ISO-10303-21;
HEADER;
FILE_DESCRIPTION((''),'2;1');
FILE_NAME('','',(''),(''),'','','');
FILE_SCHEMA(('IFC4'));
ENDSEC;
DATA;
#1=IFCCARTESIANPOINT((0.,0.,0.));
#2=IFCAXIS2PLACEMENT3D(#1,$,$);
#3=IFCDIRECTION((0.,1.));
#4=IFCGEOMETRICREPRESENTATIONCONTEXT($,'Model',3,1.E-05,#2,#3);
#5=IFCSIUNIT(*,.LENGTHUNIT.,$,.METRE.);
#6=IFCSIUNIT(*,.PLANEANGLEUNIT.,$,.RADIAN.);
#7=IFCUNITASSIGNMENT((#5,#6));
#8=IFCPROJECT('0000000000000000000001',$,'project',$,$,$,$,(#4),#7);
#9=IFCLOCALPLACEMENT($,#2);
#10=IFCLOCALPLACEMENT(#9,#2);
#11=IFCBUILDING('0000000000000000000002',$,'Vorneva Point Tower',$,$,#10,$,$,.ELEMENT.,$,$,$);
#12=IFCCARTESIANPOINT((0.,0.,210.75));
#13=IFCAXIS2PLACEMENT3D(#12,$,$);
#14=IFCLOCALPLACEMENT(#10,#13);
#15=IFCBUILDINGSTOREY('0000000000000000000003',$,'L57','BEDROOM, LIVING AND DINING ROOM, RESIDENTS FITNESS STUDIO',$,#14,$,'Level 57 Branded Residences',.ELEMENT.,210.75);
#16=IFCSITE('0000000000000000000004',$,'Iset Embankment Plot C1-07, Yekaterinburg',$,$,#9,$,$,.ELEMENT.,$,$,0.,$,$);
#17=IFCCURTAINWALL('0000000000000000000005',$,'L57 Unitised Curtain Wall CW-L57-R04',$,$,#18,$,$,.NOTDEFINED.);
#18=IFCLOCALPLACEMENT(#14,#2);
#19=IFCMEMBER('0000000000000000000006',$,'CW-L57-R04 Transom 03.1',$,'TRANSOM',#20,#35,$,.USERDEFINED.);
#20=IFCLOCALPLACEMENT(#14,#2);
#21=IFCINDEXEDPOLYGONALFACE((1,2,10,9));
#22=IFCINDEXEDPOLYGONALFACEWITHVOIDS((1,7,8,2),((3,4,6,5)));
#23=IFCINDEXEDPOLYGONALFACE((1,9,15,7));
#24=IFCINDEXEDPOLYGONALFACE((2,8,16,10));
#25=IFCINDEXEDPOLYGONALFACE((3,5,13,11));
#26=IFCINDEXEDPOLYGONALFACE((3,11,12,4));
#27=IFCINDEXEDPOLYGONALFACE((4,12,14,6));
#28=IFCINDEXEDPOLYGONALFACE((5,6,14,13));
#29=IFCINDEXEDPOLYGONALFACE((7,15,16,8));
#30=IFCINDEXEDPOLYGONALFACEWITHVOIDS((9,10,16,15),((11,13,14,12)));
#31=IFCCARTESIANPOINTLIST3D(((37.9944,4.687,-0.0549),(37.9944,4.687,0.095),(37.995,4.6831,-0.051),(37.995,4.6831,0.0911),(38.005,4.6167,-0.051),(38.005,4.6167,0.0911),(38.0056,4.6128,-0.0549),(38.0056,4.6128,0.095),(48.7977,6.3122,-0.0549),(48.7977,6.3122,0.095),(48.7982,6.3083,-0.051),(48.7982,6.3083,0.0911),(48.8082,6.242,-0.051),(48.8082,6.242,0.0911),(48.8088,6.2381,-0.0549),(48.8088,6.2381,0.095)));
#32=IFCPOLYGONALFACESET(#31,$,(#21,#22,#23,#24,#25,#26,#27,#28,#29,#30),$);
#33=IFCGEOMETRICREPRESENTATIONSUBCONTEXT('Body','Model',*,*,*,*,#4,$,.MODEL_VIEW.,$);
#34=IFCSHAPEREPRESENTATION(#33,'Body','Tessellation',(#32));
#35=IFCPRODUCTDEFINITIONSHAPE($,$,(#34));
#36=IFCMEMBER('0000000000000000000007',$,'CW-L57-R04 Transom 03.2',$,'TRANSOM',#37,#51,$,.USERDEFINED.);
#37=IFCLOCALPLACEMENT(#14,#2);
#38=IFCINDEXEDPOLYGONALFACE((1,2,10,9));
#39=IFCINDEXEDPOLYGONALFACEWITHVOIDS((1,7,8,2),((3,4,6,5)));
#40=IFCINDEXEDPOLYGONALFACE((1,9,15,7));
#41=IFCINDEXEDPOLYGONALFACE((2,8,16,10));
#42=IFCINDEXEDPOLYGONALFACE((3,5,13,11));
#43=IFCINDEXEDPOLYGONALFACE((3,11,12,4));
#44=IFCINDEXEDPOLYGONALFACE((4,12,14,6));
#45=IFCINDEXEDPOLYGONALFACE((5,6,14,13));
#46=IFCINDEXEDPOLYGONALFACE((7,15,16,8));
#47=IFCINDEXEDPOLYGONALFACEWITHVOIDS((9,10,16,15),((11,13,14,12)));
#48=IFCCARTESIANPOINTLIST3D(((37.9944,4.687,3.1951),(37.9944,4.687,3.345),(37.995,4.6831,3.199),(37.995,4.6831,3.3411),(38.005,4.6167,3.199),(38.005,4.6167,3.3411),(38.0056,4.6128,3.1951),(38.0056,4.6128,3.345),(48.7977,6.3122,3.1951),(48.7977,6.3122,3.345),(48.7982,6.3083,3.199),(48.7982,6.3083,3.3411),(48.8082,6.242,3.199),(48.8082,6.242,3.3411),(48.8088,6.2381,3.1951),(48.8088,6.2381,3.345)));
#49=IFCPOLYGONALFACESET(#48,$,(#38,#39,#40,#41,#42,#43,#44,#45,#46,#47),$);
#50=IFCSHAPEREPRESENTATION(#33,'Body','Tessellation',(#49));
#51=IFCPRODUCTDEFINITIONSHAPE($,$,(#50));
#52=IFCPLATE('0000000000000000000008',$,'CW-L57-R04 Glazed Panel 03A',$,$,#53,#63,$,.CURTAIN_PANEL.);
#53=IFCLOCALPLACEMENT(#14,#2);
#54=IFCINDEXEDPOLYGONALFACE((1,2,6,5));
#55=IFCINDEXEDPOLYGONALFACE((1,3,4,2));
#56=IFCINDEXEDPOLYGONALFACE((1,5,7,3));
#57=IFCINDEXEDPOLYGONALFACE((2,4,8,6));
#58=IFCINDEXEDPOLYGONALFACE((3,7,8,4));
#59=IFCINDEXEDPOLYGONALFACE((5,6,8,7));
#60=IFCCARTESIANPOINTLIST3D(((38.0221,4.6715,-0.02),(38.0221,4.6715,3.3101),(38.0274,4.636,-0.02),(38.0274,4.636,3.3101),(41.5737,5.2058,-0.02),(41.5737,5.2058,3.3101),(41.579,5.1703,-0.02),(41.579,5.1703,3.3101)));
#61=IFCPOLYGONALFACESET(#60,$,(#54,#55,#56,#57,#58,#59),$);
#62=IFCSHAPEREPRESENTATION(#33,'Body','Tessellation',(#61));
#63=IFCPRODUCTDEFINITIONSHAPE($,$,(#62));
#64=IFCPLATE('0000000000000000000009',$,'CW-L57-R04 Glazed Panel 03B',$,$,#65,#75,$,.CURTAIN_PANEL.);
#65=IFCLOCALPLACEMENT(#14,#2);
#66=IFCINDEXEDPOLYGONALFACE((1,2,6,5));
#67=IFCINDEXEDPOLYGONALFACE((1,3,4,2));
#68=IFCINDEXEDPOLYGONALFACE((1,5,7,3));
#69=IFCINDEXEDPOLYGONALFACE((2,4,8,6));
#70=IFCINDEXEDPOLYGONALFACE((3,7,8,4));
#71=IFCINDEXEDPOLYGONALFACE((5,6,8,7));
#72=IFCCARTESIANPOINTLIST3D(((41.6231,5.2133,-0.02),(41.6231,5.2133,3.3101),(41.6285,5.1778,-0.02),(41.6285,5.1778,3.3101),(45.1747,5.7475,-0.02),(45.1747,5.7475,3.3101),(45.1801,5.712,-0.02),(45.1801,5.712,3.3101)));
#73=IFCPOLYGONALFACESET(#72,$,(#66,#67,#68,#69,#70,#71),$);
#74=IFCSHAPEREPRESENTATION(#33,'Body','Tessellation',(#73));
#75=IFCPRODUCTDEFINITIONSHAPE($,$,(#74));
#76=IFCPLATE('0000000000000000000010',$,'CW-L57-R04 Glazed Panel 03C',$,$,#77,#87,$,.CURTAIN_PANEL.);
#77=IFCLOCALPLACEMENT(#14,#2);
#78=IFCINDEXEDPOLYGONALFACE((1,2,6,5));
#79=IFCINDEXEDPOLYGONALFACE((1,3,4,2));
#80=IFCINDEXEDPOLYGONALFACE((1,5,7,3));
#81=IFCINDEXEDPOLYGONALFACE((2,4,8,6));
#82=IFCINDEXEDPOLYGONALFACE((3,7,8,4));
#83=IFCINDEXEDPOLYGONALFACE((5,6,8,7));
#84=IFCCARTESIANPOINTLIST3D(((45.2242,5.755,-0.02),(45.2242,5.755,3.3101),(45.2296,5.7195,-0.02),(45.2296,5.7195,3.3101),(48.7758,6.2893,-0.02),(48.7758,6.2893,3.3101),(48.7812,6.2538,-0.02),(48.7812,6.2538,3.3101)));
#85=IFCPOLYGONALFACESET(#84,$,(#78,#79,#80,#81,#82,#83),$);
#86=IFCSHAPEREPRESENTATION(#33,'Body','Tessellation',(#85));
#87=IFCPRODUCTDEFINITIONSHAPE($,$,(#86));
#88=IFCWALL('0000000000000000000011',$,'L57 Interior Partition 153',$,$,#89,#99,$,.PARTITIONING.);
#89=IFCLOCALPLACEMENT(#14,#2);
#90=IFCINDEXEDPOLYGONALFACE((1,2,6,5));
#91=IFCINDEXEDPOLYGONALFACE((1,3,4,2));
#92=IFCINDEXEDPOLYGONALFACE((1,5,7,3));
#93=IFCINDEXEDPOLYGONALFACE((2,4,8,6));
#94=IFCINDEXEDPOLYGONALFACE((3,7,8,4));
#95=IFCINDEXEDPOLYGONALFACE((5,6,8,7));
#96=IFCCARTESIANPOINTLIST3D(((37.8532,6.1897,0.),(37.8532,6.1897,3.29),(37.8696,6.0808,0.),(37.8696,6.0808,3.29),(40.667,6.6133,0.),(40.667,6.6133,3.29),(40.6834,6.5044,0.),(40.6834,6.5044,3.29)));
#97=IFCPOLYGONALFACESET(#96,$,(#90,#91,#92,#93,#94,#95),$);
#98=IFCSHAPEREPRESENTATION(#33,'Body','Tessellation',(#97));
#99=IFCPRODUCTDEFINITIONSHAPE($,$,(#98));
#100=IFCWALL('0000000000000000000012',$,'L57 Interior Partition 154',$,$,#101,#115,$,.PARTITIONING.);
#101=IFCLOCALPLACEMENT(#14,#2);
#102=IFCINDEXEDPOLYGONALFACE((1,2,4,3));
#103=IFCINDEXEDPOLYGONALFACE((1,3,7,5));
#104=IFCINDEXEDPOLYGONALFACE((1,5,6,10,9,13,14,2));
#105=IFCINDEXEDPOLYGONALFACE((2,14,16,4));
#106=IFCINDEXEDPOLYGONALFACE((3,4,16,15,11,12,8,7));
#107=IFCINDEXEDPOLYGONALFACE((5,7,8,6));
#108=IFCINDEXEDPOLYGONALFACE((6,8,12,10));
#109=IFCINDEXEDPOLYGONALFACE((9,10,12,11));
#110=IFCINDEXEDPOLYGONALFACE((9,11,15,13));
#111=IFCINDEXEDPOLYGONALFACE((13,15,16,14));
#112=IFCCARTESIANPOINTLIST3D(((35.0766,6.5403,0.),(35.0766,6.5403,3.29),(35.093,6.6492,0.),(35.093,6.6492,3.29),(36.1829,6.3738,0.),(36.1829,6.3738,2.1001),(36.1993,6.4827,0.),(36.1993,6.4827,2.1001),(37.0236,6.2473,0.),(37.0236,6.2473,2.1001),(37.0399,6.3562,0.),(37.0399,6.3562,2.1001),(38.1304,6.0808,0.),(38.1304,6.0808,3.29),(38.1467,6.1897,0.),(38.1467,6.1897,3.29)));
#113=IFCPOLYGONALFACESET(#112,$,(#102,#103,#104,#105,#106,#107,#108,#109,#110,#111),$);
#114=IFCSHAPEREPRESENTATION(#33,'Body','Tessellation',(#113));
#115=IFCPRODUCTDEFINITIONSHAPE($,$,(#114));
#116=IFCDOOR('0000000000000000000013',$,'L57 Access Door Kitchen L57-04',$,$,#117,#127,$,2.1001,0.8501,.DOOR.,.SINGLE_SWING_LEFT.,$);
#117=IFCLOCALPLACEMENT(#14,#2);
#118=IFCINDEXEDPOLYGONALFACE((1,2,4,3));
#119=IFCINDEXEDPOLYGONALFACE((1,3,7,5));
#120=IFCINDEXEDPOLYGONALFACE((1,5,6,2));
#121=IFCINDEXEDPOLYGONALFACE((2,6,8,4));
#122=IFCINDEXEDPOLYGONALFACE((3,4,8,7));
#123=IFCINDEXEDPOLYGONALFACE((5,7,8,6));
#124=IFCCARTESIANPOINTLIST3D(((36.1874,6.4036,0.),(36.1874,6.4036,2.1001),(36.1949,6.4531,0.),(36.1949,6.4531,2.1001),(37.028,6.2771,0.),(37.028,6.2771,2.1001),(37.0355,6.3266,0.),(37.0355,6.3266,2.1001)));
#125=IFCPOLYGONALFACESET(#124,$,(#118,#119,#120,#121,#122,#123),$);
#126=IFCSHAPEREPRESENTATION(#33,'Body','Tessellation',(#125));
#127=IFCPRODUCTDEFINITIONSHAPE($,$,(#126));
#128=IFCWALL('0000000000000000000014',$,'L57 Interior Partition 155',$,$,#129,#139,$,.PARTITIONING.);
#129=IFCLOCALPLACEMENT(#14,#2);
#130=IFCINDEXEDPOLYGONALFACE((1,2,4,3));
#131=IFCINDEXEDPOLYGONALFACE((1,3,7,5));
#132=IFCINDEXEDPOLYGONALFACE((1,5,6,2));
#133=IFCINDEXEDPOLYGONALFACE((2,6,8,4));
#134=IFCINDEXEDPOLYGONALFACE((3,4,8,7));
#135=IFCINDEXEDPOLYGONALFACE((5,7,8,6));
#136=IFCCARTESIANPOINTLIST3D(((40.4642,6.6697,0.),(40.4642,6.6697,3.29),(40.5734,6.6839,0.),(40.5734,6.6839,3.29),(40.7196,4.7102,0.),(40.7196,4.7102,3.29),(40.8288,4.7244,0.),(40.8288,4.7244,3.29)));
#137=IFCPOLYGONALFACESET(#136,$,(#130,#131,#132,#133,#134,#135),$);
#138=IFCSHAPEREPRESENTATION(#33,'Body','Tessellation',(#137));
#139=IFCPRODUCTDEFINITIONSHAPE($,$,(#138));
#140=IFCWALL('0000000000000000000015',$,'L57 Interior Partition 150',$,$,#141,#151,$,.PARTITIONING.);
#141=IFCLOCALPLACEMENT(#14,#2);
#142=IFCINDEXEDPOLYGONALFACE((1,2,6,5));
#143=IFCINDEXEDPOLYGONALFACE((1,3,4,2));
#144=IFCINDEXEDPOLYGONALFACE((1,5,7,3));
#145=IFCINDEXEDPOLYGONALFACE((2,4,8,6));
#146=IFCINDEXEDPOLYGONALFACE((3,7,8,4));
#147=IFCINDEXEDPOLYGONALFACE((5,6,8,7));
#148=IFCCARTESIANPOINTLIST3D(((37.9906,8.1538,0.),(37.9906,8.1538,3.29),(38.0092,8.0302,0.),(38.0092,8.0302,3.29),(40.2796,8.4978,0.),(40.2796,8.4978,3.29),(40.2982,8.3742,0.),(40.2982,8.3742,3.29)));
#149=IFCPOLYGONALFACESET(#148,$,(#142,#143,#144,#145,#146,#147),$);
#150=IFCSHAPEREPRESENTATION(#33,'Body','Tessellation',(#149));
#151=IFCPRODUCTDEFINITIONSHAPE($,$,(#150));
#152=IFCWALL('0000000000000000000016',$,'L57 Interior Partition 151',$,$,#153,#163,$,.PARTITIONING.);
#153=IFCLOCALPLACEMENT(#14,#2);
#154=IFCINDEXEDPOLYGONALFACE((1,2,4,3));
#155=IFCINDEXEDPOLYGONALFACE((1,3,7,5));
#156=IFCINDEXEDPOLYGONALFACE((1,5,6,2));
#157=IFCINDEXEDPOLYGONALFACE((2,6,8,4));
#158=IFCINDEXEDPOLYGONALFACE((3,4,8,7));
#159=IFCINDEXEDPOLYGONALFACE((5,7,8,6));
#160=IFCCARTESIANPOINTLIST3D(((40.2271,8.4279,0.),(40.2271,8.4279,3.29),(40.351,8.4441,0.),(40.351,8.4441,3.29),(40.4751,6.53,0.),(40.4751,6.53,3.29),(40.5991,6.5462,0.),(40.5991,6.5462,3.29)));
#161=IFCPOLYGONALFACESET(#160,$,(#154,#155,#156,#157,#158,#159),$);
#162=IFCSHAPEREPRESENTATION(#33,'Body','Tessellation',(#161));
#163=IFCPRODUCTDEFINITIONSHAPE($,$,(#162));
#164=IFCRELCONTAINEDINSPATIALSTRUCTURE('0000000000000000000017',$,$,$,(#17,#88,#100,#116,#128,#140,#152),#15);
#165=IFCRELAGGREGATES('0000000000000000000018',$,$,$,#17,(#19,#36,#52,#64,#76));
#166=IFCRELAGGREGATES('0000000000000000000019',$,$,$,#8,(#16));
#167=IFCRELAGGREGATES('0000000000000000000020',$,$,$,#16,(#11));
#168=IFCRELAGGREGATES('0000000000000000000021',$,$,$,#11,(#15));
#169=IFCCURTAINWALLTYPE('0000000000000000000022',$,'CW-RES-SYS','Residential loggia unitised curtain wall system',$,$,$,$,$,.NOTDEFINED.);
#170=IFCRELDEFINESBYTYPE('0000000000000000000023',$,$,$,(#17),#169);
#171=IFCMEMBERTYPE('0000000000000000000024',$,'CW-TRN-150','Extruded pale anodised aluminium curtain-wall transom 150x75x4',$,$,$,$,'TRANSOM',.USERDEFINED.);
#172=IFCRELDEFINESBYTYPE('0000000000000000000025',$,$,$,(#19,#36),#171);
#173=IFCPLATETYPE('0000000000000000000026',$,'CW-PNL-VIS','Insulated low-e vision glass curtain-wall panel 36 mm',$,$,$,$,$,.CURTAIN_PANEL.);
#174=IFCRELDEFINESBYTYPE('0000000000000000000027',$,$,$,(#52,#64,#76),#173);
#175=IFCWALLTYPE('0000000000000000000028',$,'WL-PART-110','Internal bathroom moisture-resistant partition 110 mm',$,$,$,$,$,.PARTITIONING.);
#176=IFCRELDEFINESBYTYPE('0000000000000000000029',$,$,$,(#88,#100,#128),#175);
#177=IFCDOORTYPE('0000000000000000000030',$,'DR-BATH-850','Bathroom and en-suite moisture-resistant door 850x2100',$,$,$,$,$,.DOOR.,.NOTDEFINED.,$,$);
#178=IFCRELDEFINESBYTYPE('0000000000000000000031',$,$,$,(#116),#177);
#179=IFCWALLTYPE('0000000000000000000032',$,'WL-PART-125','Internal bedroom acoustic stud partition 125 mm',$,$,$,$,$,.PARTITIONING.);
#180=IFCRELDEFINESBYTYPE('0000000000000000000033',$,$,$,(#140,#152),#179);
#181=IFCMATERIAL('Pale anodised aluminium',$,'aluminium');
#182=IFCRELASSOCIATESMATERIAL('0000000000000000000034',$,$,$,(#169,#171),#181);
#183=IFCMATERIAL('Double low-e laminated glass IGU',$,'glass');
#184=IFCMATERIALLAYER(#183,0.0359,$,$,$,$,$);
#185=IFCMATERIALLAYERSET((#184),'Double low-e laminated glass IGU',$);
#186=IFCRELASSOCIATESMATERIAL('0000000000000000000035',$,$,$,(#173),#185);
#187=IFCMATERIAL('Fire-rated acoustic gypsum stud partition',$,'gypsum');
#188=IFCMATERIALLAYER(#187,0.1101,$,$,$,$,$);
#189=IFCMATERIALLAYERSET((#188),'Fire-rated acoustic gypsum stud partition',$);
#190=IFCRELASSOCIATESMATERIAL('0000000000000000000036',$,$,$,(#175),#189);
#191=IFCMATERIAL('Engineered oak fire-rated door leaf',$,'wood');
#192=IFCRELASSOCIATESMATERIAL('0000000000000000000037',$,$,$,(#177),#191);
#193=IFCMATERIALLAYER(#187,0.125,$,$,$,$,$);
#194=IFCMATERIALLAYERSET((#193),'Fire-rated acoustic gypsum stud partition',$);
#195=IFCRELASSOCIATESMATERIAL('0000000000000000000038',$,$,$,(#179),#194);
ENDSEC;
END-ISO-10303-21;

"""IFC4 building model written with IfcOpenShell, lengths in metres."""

from ifc_helpers import new_model, si_unit, direction, frame, frame_2d, origin, origin_2d, place, context, subcontext, project, spatial, rectangle, hollow_rectangle, extrude, material, layer, layer_set, material_profile, profile_set, type_object, element, fill, aggregate, save


model = new_model("IFC4")

# Units and contexts
model_context = context("Model", 3, precision=1e-05, world=origin(), true_north=direction((0.0, 1.0)))
body_context = subcontext(model_context, "Body", "Model", "MODEL_VIEW")
ifc_project = project(units=[si_unit("LENGTHUNIT", "METRE"), si_unit("PLANEANGLEUNIT", "RADIAN")], contexts=[model_context])

# Site, building, storey
site_placement = place(None, origin())
site = spatial("IfcSite", under=ifc_project, at=site_placement, Name="Iset Embankment Plot C1-07, Yekaterinburg", CompositionType="ELEMENT", RefElevation=0.0)
building_placement = place(site_placement, origin())
building = spatial("IfcBuilding", under=site, at=building_placement, Name="Vorneva Point Tower", CompositionType="ELEMENT")
storey_placement = place(building_placement, frame((0.0, 0.0, 210.75)))
storey = spatial("IfcBuildingStorey", under=building, at=storey_placement, Name="L57", Description="BEDROOM, LIVING AND DINING ROOM, RESIDENTS FITNESS STUDIO", LongName="Level 57 Branded Residences", CompositionType="ELEMENT", Elevation=210.75)

# Curtain wall, members, plates
ifc_material_1 = material(Name="Pale anodised aluminium", Category="aluminium")
curtain_wall_type = type_object("IfcCurtainWallType", Name="CW-RES-SYS", Description="Residential loggia unitised curtain wall system", PredefinedType="NOTDEFINED", material=ifc_material_1)
curtain_wall_placement = place(storey_placement, origin())
curtain_wall = element("IfcCurtainWall", 1, at=curtain_wall_placement, inside=storey, type_object=curtain_wall_type, Name="L57 Unitised Curtain Wall CW-L57-R04", PredefinedType="NOTDEFINED")
ifc_material_profile_1 = material_profile(ifc_material_1, hollow_rectangle(XDim=0.075, YDim=0.1499, WallThickness=0.0039, at=origin_2d()), Name="AL-TRN 150x75x4")
ifc_profile_set_1 = profile_set([ifc_material_profile_1], Name="Pale anodised aluminium")
member_type_1 = type_object("IfcMemberType", Name="CW-TRN-150", Description="Extruded pale anodised aluminium curtain-wall transom 150x75x4", ElementType="TRANSOM", PredefinedType="USERDEFINED", material=ifc_profile_set_1)
member_1_placement = place(storey_placement, frame((38.0, 4.6499, 0.02), z_axis=(0.988872, 0.148767, 0.0), x_axis=(-0.148767, 0.988872, 0.0)))
member_1 = element("IfcMember", 2, at=member_1_placement, type_object=member_type_1, Name="CW-L57-R04 Transom 03.1", ObjectType="TRANSOM", PredefinedType="USERDEFINED", context=body_context, shape_type="SweptSolid", body=[
    extrude(hollow_rectangle(XDim=0.075, YDim=0.1499, WallThickness=0.0039, at=origin_2d()), origin(), (0.0, 0.0, 1.0), 10.9248),
])
member_2_placement = place(storey_placement, frame((38.0, 4.6499, 3.27), z_axis=(0.988872, 0.148767, 0.0), x_axis=(-0.148767, 0.988872, 0.0)))
member_2 = element("IfcMember", 3, at=member_2_placement, type_object=member_type_1, Name="CW-L57-R04 Transom 03.2", ObjectType="TRANSOM", PredefinedType="USERDEFINED", context=body_context, shape_type="SweptSolid", body=[
    extrude(hollow_rectangle(XDim=0.075, YDim=0.1499, WallThickness=0.0039, at=origin_2d()), origin(), (0.0, 0.0, 1.0), 10.9248),
])
ifc_material_2 = material(Name="Double low-e laminated glass IGU", Category="glass")
ifc_layer_1 = layer(ifc_material_2, 0.0359)
ifc_layer_set_1 = layer_set([ifc_layer_1], Name="Double low-e laminated glass IGU")
plate_type = type_object("IfcPlateType", Name="CW-PNL-VIS", Description="Insulated low-e vision glass curtain-wall panel 36 mm", PredefinedType="CURTAIN_PANEL", material=ifc_layer_set_1)
plate_1_placement = place(storey_placement, frame((39.8005, 4.9209, -0.02), z_axis=(0.0, 0.0, 1.0), x_axis=(0.988874, 0.148759, 0.0)))
plate_1 = element("IfcPlate", 4, at=plate_1_placement, type_object=plate_type, Name="CW-L57-R04 Glazed Panel 03A", PredefinedType="CURTAIN_PANEL", context=body_context, shape_type="SweptSolid", body=[
    extrude(rectangle(XDim=3.5916, YDim=0.0359, at=origin_2d()), origin(), (0.0, 0.0, 1.0), 3.3301),
])
plate_2_placement = place(storey_placement, frame((43.4016, 5.4626, -0.02), z_axis=(0.0, 0.0, 1.0), x_axis=(0.988874, 0.148759, 0.0)))
plate_2 = element("IfcPlate", 5, at=plate_2_placement, type_object=plate_type, Name="CW-L57-R04 Glazed Panel 03B", PredefinedType="CURTAIN_PANEL", context=body_context, shape_type="SweptSolid", body=[
    extrude(rectangle(XDim=3.5916, YDim=0.0359, at=origin_2d()), origin(), (0.0, 0.0, 1.0), 3.3301),
])
plate_3_placement = place(storey_placement, frame((47.0027, 6.0044, -0.02), z_axis=(0.0, 0.0, 1.0), x_axis=(0.988874, 0.148759, 0.0)))
plate_3 = element("IfcPlate", 6, at=plate_3_placement, type_object=plate_type, Name="CW-L57-R04 Glazed Panel 03C", PredefinedType="CURTAIN_PANEL", context=body_context, shape_type="SweptSolid", body=[
    extrude(rectangle(XDim=3.5916, YDim=0.0359, at=origin_2d()), origin(), (0.0, 0.0, 1.0), 3.3301),
])
aggregate(curtain_wall, [member_1, member_2, plate_1, plate_2, plate_3])

# Wall
ifc_material_3 = material(Name="Fire-rated acoustic gypsum stud partition", Category="gypsum")
ifc_layer_2 = layer(ifc_material_3, 0.1101)
ifc_layer_set_2 = layer_set([ifc_layer_2], Name="Fire-rated acoustic gypsum stud partition")
wall_type_1 = type_object("IfcWallType", Name="WL-PART-110", Description="Internal bathroom moisture-resistant partition 110 mm", PredefinedType="PARTITIONING", material=ifc_layer_set_2)
wall_1_placement = place(storey_placement, frame((40.6753, 6.5588, 0.0), z_axis=(0.0, 0.0, 1.0), x_axis=(-0.988858, -0.148865, 0.0)))
element("IfcWall", 7, at=wall_1_placement, inside=storey, type_object=wall_type_1, Name="L57 Interior Partition 153", PredefinedType="PARTITIONING", context=body_context, shape_type="SweptSolid", body=[
    extrude(rectangle(XDim=2.8455, YDim=0.1101, at=frame_2d((1.4229, 0.0))), origin(), (0.0, 0.0, 1.0), 3.29),
])

# Wall, opening, door
wall_2_placement = place(storey_placement, frame((38.1384, 6.1353, 0.0), z_axis=(0.0, 0.0, 1.0), x_axis=(-0.988869, 0.148789, 0.0)))
wall_2 = element("IfcWall", 8, at=wall_2_placement, inside=storey, type_object=wall_type_1, Name="L57 Interior Partition 154", PredefinedType="PARTITIONING", context=body_context, shape_type="SweptSolid", body=[
    extrude(rectangle(XDim=3.0881, YDim=0.1101, at=frame_2d((1.5439, 0.0))), origin(), (0.0, 0.0, 1.0), 3.29),
])
opening_1_placement = place(wall_2_placement, frame((1.1191, 0.0, 0.0)))
opening_1 = element("IfcOpeningElement", 9, at=opening_1_placement, cuts=wall_2, PredefinedType="OPENING", context=body_context, shape_type="SweptSolid", body=[
    extrude(rectangle(XDim=0.8501, YDim=2.1001, at=frame_2d((0.425, 1.05))), frame((0.0, 0.0698, 0.0), z_axis=(0.0, -1.0, 0.0), x_axis=(1.0, 0.0, 0.0)), (0.0, 0.0, 1.0), 0.1399),
])
ifc_material_4 = material(Name="Engineered oak fire-rated door leaf", Category="wood")
door_type_1 = type_object("IfcDoorType", Name="DR-BATH-850", Description="Bathroom and en-suite moisture-resistant door 850x2100", OperationType="NOTDEFINED", PredefinedType="DOOR", material=ifc_material_4)
door_1_placement = place(opening_1_placement, origin())
door_1 = element("IfcDoor", 10, at=door_1_placement, inside=storey, type_object=door_type_1, Name="L57 Access Door Kitchen L57-04", OperationType="SINGLE_SWING_LEFT", OverallHeight=2.1001, OverallWidth=0.8501, PredefinedType="DOOR", context=body_context, shape_type="SweptSolid", body=[
    extrude(rectangle(XDim=0.8501, YDim=2.1001, at=frame_2d((0.425, 1.05))), frame((0.0, 0.0249, 0.0), z_axis=(0.0, -1.0, 0.0), x_axis=(1.0, 0.0, 0.0)), (0.0, 0.0, 1.0), 0.05),
])
fill(opening_1, door_1)

# Walls
wall_3_placement = place(storey_placement, frame((40.7742, 4.7173, 0.0), z_axis=(0.0, 0.0, 1.0), x_axis=(-0.129234, 0.991614, 0.0)))
element("IfcWall", 11, at=wall_3_placement, inside=storey, type_object=wall_type_1, Name="L57 Interior Partition 155", PredefinedType="PARTITIONING", context=body_context, shape_type="SweptSolid", body=[
    extrude(rectangle(XDim=1.9761, YDim=0.1101, at=frame_2d((0.988, 0.0))), origin(), (0.0, 0.0, 1.0), 3.29),
])
ifc_layer_3 = layer(ifc_material_3, 0.125)
ifc_layer_set_3 = layer_set([ifc_layer_3], Name="Fire-rated acoustic gypsum stud partition")
wall_type_2 = type_object("IfcWallType", Name="WL-PART-125", Description="Internal bedroom acoustic stud partition 125 mm", PredefinedType="PARTITIONING", material=ifc_layer_set_3)
wall_4_placement = place(storey_placement, frame((38.0, 8.092, 0.0), z_axis=(0.0, 0.0, 1.0), x_axis=(0.988896, 0.148609, 0.0)))
element("IfcWall", 12, at=wall_4_placement, inside=storey, type_object=wall_type_2, Name="L57 Interior Partition 150", PredefinedType="PARTITIONING", context=body_context, shape_type="SweptSolid", body=[
    extrude(rectangle(XDim=2.3147, YDim=0.125, at=frame_2d((1.1572, 0.0))), origin(), (0.0, 0.0, 1.0), 3.29),
])
wall_5_placement = place(storey_placement, frame((40.2891, 8.436, 0.0), z_axis=(0.0, 0.0, 1.0), x_axis=(0.12959, -0.991568, 0.0)))
element("IfcWall", 13, at=wall_5_placement, inside=storey, type_object=wall_type_2, Name="L57 Interior Partition 151", PredefinedType="PARTITIONING", context=body_context, shape_type="SweptSolid", body=[
    extrude(rectangle(XDim=1.9141, YDim=0.125, at=frame_2d((0.957, 0.0))), origin(), (0.0, 0.0, 1.0), 3.29),
])

save(model, "model.ifc")
